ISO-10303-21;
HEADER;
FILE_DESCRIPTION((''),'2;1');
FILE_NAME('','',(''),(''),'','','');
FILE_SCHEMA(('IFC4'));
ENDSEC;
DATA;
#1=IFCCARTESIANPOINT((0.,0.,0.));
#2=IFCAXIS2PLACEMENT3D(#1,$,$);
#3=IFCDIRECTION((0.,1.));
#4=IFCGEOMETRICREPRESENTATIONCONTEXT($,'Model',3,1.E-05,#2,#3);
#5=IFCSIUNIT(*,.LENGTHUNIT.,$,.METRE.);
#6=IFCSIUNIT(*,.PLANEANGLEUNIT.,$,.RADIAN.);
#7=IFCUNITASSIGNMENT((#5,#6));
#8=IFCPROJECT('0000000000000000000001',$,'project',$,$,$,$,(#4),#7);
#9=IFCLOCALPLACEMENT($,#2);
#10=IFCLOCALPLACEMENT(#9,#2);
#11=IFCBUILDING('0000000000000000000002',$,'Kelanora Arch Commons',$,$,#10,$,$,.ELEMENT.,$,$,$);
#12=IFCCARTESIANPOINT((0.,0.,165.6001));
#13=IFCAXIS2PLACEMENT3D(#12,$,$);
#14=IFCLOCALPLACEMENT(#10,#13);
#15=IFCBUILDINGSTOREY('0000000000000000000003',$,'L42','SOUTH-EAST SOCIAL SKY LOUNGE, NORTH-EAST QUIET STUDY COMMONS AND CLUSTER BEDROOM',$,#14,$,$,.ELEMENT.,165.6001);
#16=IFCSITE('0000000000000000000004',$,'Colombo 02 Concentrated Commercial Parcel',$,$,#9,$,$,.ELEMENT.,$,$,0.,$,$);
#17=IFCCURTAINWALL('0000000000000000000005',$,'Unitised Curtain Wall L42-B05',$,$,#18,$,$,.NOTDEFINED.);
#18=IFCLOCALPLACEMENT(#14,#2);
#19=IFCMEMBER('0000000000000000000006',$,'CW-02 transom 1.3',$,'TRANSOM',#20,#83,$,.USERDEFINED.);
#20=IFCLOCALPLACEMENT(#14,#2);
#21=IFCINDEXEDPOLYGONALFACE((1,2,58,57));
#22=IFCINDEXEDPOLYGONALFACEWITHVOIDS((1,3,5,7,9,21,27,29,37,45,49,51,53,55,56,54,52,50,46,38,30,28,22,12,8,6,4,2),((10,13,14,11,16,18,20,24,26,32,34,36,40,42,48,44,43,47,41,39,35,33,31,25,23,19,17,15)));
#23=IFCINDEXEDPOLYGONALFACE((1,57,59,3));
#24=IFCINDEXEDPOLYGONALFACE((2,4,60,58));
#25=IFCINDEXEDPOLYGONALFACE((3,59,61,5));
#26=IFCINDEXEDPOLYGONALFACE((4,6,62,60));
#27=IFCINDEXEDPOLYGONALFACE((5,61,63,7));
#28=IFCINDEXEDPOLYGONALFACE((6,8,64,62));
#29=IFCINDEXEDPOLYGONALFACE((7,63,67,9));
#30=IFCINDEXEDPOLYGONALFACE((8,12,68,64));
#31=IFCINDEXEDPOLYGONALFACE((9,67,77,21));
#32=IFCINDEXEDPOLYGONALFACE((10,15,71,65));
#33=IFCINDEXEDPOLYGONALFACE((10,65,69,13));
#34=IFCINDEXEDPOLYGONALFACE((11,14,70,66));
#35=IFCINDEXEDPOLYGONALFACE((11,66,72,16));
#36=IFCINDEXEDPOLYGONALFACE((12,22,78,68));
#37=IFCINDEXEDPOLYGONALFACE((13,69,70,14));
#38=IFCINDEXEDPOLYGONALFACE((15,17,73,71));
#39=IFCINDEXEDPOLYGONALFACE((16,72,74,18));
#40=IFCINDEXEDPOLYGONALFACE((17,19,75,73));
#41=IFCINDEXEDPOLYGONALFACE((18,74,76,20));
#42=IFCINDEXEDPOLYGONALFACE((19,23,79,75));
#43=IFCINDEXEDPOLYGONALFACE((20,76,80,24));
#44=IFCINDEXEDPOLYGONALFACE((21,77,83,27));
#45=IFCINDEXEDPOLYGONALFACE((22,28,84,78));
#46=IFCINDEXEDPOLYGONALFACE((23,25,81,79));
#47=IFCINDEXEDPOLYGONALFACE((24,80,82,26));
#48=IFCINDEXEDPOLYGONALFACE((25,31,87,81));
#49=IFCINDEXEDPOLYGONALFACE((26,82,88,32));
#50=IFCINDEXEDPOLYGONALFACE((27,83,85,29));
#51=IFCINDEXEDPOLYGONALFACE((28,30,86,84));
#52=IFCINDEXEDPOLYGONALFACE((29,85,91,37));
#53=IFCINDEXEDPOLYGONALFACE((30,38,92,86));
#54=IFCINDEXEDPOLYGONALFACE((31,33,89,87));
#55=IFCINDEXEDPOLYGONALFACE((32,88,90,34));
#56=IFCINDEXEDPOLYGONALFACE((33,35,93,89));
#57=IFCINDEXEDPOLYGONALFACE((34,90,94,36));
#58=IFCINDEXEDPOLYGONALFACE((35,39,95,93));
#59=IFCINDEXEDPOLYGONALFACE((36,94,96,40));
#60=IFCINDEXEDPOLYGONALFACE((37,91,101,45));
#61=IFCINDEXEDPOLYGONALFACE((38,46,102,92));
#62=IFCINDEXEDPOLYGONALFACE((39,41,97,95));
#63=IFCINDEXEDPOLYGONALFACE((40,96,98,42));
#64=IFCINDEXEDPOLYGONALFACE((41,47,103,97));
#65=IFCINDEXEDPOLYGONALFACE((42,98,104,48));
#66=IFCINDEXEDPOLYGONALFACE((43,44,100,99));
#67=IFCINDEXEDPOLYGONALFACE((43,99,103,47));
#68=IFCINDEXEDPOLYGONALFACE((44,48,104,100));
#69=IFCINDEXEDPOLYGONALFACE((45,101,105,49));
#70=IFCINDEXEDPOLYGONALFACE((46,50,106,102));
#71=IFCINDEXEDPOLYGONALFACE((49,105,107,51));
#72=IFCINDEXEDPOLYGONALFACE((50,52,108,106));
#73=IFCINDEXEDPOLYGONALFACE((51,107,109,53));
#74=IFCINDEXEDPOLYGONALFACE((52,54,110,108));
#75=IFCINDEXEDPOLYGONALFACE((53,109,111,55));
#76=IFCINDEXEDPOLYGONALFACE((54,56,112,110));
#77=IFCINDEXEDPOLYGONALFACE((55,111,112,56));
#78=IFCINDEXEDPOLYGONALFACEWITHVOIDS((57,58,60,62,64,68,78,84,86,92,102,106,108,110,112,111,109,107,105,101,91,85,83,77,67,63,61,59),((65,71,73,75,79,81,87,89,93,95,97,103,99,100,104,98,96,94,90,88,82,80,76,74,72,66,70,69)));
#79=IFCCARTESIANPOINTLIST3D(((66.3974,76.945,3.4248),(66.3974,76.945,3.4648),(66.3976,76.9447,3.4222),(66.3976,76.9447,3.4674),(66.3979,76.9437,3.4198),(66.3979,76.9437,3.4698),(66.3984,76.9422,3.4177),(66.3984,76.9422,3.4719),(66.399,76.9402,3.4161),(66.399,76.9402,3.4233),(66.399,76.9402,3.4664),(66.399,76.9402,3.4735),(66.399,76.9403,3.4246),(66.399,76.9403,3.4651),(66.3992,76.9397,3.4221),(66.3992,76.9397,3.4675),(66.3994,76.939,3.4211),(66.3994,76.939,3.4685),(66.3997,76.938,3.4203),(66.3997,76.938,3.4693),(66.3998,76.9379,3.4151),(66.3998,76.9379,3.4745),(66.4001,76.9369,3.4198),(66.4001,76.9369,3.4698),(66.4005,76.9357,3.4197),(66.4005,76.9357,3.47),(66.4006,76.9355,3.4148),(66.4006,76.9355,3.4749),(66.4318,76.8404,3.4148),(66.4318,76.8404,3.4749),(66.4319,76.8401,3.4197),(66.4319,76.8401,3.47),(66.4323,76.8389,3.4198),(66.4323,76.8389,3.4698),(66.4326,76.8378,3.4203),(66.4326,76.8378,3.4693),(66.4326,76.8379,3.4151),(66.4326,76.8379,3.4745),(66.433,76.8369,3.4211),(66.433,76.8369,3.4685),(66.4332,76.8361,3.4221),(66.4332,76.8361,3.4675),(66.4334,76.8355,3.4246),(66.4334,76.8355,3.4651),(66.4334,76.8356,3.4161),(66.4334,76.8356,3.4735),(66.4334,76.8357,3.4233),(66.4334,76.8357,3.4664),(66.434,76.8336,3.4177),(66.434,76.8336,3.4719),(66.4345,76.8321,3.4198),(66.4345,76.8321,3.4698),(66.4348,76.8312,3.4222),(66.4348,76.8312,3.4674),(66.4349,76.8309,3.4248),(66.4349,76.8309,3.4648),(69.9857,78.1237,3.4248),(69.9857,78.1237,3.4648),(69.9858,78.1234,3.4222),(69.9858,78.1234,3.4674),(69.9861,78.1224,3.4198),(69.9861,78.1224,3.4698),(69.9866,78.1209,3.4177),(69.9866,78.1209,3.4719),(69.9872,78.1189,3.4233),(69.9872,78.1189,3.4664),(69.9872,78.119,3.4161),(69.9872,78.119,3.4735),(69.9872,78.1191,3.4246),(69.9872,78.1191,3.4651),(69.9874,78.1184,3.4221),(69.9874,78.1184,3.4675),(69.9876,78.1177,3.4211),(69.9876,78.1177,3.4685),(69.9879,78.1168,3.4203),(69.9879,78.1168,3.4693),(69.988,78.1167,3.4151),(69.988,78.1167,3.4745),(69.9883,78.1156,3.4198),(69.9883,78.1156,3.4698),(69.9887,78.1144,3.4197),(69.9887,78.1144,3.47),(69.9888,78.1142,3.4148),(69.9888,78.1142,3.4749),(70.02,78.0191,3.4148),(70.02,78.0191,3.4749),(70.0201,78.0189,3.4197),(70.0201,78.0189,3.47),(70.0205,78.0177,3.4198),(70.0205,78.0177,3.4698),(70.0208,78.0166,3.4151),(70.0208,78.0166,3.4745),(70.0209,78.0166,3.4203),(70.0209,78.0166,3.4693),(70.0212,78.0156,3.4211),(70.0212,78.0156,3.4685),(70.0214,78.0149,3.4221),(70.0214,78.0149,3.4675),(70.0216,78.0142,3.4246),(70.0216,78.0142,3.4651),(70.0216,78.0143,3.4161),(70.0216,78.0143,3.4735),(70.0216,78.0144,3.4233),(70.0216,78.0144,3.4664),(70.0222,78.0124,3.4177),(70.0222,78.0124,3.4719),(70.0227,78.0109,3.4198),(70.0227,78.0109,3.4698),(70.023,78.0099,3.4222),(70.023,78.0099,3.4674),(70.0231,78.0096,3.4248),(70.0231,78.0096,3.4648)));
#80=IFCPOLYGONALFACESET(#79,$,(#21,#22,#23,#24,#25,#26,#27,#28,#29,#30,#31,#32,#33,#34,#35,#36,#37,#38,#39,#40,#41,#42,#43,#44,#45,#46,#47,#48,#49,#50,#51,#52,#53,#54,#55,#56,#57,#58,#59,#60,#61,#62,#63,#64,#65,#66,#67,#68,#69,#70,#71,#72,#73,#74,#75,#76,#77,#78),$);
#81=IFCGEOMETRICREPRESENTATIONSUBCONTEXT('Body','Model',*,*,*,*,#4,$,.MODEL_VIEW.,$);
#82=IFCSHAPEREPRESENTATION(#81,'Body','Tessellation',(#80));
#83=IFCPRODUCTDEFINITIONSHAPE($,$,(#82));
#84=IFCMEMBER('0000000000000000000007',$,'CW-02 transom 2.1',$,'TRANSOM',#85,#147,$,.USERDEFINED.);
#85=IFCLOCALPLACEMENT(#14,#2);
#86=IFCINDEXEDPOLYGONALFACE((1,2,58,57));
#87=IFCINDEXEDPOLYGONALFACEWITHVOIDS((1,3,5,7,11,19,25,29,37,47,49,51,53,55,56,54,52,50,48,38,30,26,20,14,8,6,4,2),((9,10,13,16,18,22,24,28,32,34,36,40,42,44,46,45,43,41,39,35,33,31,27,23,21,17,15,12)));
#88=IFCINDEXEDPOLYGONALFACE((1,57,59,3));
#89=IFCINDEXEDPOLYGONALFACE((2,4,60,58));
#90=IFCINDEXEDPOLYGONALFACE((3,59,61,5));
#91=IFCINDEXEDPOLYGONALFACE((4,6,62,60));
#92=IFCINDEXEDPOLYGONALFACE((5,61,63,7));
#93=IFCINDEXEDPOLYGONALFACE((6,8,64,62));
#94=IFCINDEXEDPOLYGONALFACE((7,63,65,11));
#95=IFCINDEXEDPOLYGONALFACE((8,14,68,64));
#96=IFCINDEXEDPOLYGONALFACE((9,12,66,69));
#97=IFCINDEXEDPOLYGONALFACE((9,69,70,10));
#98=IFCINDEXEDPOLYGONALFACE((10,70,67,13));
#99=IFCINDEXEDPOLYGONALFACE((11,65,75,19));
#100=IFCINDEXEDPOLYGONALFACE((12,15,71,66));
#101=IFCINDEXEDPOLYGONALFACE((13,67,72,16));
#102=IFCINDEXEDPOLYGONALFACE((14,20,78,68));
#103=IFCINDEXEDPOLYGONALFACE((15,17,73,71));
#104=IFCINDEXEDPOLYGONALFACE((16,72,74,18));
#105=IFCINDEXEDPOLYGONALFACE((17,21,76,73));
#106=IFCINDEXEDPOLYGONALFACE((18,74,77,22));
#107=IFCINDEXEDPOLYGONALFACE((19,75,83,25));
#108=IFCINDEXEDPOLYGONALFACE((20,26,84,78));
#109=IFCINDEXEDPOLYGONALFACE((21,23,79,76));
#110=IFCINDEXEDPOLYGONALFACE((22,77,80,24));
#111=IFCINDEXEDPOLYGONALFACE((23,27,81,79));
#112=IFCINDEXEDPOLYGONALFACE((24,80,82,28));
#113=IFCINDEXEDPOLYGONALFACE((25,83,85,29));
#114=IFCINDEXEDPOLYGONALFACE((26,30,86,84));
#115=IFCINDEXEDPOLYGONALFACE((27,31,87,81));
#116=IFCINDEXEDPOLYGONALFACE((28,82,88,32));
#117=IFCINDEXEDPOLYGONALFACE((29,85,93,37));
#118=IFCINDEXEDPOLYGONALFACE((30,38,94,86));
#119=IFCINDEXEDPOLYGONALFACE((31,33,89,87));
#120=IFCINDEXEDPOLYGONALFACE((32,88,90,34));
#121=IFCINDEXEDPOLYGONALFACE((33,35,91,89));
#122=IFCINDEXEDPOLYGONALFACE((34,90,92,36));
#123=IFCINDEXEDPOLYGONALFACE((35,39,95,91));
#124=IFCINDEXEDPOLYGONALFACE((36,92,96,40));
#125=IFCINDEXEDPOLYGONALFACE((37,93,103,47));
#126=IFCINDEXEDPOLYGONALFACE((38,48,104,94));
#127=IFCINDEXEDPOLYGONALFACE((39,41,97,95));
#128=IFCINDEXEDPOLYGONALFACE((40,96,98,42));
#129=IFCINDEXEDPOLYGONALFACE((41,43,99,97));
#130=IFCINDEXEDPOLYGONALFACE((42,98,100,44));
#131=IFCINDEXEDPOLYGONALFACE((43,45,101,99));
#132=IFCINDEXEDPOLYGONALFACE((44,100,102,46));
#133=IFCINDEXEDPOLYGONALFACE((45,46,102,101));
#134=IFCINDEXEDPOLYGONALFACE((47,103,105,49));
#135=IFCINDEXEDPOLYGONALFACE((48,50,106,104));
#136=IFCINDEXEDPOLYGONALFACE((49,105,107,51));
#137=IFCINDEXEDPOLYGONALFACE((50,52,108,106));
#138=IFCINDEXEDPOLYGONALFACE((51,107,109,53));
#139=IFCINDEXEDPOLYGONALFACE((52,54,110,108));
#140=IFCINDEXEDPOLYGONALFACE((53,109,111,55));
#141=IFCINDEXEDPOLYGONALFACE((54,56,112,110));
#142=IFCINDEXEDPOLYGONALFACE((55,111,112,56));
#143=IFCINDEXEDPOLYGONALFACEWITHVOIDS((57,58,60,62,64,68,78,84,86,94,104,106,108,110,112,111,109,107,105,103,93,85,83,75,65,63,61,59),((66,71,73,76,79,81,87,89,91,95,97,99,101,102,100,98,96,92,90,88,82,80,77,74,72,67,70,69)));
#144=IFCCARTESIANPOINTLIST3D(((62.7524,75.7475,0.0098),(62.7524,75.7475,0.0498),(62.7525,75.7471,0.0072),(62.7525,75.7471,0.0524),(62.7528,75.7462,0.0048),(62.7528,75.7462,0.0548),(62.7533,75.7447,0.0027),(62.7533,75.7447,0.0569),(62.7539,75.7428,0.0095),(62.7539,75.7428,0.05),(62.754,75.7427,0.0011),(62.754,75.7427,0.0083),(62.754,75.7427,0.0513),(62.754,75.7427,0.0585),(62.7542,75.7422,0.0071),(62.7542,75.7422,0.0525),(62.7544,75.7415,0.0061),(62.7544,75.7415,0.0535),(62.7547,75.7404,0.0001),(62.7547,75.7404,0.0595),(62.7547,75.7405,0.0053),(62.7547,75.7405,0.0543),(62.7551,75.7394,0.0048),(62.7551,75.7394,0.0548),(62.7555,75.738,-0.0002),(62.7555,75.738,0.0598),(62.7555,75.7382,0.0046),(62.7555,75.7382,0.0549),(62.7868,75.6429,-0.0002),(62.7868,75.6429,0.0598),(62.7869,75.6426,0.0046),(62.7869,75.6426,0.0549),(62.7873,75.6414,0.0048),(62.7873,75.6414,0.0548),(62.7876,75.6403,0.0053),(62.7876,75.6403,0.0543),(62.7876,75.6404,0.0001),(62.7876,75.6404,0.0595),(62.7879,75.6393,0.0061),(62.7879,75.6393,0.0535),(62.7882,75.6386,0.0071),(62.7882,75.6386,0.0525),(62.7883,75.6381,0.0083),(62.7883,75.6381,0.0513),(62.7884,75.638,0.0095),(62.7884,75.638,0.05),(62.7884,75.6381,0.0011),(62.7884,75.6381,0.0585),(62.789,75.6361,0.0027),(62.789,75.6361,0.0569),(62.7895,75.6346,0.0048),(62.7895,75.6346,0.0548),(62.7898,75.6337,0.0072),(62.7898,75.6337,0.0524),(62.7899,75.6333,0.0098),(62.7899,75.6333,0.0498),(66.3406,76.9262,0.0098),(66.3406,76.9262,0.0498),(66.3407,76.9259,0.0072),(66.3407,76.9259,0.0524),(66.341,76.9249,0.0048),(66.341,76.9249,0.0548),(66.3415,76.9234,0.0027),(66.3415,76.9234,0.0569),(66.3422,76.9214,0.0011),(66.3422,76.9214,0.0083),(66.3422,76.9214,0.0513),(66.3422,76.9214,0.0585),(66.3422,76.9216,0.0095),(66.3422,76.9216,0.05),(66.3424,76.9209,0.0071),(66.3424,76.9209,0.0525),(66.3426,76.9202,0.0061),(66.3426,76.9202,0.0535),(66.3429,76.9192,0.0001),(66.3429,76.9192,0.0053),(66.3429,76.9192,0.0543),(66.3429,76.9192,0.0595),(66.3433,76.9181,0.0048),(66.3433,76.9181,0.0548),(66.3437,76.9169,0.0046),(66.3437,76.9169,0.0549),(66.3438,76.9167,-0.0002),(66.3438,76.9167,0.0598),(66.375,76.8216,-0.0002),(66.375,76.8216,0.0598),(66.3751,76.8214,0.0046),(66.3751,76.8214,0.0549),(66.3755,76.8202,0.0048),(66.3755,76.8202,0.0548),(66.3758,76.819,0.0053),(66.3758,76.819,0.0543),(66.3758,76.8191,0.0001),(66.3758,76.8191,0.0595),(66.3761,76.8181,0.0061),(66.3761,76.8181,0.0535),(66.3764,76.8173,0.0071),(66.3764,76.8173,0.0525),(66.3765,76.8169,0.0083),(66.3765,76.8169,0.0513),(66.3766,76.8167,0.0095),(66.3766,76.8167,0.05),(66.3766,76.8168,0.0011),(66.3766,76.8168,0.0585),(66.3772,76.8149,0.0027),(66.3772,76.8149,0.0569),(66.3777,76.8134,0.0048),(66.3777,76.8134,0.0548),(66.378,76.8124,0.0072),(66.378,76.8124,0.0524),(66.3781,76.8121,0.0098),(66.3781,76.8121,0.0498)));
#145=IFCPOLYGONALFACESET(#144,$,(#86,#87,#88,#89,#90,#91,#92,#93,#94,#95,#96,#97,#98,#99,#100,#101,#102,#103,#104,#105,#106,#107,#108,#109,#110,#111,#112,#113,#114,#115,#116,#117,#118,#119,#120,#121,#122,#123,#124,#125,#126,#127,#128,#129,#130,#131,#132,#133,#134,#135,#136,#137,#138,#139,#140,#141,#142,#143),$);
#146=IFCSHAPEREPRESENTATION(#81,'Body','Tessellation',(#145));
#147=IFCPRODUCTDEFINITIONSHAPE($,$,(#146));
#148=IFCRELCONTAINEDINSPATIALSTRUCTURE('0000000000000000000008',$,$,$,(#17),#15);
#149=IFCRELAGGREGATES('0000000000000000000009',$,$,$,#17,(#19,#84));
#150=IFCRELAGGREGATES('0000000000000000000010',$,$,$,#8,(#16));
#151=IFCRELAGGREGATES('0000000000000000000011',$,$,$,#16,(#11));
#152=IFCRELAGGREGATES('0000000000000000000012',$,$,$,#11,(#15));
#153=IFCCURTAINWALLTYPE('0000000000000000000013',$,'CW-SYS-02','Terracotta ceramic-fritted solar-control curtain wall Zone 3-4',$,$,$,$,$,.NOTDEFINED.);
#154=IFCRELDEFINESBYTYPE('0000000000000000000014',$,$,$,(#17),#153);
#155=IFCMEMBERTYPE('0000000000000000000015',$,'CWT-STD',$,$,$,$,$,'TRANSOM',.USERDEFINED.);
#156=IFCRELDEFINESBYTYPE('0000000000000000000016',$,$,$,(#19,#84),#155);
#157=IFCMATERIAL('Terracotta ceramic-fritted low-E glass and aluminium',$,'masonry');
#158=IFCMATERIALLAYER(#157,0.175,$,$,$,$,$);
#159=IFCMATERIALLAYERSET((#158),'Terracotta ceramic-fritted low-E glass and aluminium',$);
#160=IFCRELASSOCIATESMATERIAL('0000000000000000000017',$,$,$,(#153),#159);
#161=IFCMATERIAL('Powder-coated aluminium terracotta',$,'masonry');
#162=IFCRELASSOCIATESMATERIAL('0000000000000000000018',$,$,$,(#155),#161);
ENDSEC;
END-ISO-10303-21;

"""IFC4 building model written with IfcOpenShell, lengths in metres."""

from ifc_helpers import new_model, si_unit, direction, frame, origin, origin_2d, place, context, subcontext, project, spatial, hollow_rectangle, extrude, material, layer, layer_set, material_profile, profile_set, type_object, element, aggregate, save


model = new_model("IFC4")

# Units and contexts
model_context = context("Model", 3, precision=1e-05, world=origin(), true_north=direction((0.0, 1.0)))
body_context = subcontext(model_context, "Body", "Model", "MODEL_VIEW")
ifc_project = project(units=[si_unit("LENGTHUNIT", "METRE"), si_unit("PLANEANGLEUNIT", "RADIAN")], contexts=[model_context])

# Site, building, storey
site_placement = place(None, origin())
site = spatial("IfcSite", under=ifc_project, at=site_placement, Name="Colombo 02 Concentrated Commercial Parcel", CompositionType="ELEMENT", RefElevation=0.0)
building_placement = place(site_placement, origin())
building = spatial("IfcBuilding", under=site, at=building_placement, Name="Kelanora Arch Commons", CompositionType="ELEMENT")
storey_placement = place(building_placement, frame((0.0, 0.0, 165.6001)))
storey = spatial("IfcBuildingStorey", under=building, at=storey_placement, Name="L42", Description="SOUTH-EAST SOCIAL SKY LOUNGE, NORTH-EAST QUIET STUDY COMMONS AND CLUSTER BEDROOM", CompositionType="ELEMENT", Elevation=165.6001)

# Curtain wall, members
ifc_material_1 = material(Name="Terracotta ceramic-fritted low-E glass and aluminium", Category="masonry")
ifc_layer_1 = layer(ifc_material_1, 0.175)
ifc_layer_set_1 = layer_set([ifc_layer_1], Name="Terracotta ceramic-fritted low-E glass and aluminium")
curtain_wall_type = type_object("IfcCurtainWallType", Name="CW-SYS-02", Description="Terracotta ceramic-fritted solar-control curtain wall Zone 3-4", PredefinedType="NOTDEFINED", material=ifc_layer_set_1)
curtain_wall_placement = place(storey_placement, origin())
curtain_wall = element("IfcCurtainWall", 1, at=curtain_wall_placement, inside=storey, type_object=curtain_wall_type, Name="Unitised Curtain Wall L42-B05", PredefinedType="NOTDEFINED")
ifc_material_2 = material(Name="Powder-coated aluminium terracotta", Category="masonry")
ifc_material_profile_1 = material_profile(ifc_material_2, hollow_rectangle(XDim=0.1201, YDim=0.0601, WallThickness=0.0049, InnerFilletRadius=0.0049, OuterFilletRadius=0.01, at=origin_2d()), Name="CWT120x60")
ifc_profile_set_1 = profile_set([ifc_material_profile_1], Name="Powder-coated aluminium terracotta")
member_type_1 = type_object("IfcMemberType", Name="CWT-STD", ElementType="TRANSOM", PredefinedType="USERDEFINED", material=ifc_profile_set_1)
member_1_placement = place(storey_placement, frame((70.0044, 78.0667, 3.4448), z_axis=(-0.950051, -0.312094, 0.0), x_axis=(0.312094, -0.950051, 0.0)))
member_1 = element("IfcMember", 2, at=member_1_placement, type_object=member_type_1, Name="CW-02 transom 1.3", ObjectType="TRANSOM", PredefinedType="USERDEFINED", context=body_context, shape_type="SweptSolid", body=[
    extrude(hollow_rectangle(XDim=0.1201, YDim=0.0601, WallThickness=0.0049, InnerFilletRadius=0.0049, OuterFilletRadius=0.01, at=origin_2d()), origin(), (0.0, 0.0, 1.0), 3.7769),
])
member_2_placement = place(storey_placement, frame((66.3594, 76.8691, 0.0298), z_axis=(-0.950051, -0.312094, 0.0), x_axis=(0.312094, -0.950051, 0.0)))
member_2 = element("IfcMember", 3, at=member_2_placement, type_object=member_type_1, Name="CW-02 transom 2.1", ObjectType="TRANSOM", PredefinedType="USERDEFINED", context=body_context, shape_type="SweptSolid", body=[
    extrude(hollow_rectangle(XDim=0.1201, YDim=0.0601, WallThickness=0.0049, InnerFilletRadius=0.0049, OuterFilletRadius=0.01, at=origin_2d()), origin(), (0.0, 0.0, 1.0), 3.7769),
])
aggregate(curtain_wall, [member_1, member_2])

save(model, "model.ifc")
